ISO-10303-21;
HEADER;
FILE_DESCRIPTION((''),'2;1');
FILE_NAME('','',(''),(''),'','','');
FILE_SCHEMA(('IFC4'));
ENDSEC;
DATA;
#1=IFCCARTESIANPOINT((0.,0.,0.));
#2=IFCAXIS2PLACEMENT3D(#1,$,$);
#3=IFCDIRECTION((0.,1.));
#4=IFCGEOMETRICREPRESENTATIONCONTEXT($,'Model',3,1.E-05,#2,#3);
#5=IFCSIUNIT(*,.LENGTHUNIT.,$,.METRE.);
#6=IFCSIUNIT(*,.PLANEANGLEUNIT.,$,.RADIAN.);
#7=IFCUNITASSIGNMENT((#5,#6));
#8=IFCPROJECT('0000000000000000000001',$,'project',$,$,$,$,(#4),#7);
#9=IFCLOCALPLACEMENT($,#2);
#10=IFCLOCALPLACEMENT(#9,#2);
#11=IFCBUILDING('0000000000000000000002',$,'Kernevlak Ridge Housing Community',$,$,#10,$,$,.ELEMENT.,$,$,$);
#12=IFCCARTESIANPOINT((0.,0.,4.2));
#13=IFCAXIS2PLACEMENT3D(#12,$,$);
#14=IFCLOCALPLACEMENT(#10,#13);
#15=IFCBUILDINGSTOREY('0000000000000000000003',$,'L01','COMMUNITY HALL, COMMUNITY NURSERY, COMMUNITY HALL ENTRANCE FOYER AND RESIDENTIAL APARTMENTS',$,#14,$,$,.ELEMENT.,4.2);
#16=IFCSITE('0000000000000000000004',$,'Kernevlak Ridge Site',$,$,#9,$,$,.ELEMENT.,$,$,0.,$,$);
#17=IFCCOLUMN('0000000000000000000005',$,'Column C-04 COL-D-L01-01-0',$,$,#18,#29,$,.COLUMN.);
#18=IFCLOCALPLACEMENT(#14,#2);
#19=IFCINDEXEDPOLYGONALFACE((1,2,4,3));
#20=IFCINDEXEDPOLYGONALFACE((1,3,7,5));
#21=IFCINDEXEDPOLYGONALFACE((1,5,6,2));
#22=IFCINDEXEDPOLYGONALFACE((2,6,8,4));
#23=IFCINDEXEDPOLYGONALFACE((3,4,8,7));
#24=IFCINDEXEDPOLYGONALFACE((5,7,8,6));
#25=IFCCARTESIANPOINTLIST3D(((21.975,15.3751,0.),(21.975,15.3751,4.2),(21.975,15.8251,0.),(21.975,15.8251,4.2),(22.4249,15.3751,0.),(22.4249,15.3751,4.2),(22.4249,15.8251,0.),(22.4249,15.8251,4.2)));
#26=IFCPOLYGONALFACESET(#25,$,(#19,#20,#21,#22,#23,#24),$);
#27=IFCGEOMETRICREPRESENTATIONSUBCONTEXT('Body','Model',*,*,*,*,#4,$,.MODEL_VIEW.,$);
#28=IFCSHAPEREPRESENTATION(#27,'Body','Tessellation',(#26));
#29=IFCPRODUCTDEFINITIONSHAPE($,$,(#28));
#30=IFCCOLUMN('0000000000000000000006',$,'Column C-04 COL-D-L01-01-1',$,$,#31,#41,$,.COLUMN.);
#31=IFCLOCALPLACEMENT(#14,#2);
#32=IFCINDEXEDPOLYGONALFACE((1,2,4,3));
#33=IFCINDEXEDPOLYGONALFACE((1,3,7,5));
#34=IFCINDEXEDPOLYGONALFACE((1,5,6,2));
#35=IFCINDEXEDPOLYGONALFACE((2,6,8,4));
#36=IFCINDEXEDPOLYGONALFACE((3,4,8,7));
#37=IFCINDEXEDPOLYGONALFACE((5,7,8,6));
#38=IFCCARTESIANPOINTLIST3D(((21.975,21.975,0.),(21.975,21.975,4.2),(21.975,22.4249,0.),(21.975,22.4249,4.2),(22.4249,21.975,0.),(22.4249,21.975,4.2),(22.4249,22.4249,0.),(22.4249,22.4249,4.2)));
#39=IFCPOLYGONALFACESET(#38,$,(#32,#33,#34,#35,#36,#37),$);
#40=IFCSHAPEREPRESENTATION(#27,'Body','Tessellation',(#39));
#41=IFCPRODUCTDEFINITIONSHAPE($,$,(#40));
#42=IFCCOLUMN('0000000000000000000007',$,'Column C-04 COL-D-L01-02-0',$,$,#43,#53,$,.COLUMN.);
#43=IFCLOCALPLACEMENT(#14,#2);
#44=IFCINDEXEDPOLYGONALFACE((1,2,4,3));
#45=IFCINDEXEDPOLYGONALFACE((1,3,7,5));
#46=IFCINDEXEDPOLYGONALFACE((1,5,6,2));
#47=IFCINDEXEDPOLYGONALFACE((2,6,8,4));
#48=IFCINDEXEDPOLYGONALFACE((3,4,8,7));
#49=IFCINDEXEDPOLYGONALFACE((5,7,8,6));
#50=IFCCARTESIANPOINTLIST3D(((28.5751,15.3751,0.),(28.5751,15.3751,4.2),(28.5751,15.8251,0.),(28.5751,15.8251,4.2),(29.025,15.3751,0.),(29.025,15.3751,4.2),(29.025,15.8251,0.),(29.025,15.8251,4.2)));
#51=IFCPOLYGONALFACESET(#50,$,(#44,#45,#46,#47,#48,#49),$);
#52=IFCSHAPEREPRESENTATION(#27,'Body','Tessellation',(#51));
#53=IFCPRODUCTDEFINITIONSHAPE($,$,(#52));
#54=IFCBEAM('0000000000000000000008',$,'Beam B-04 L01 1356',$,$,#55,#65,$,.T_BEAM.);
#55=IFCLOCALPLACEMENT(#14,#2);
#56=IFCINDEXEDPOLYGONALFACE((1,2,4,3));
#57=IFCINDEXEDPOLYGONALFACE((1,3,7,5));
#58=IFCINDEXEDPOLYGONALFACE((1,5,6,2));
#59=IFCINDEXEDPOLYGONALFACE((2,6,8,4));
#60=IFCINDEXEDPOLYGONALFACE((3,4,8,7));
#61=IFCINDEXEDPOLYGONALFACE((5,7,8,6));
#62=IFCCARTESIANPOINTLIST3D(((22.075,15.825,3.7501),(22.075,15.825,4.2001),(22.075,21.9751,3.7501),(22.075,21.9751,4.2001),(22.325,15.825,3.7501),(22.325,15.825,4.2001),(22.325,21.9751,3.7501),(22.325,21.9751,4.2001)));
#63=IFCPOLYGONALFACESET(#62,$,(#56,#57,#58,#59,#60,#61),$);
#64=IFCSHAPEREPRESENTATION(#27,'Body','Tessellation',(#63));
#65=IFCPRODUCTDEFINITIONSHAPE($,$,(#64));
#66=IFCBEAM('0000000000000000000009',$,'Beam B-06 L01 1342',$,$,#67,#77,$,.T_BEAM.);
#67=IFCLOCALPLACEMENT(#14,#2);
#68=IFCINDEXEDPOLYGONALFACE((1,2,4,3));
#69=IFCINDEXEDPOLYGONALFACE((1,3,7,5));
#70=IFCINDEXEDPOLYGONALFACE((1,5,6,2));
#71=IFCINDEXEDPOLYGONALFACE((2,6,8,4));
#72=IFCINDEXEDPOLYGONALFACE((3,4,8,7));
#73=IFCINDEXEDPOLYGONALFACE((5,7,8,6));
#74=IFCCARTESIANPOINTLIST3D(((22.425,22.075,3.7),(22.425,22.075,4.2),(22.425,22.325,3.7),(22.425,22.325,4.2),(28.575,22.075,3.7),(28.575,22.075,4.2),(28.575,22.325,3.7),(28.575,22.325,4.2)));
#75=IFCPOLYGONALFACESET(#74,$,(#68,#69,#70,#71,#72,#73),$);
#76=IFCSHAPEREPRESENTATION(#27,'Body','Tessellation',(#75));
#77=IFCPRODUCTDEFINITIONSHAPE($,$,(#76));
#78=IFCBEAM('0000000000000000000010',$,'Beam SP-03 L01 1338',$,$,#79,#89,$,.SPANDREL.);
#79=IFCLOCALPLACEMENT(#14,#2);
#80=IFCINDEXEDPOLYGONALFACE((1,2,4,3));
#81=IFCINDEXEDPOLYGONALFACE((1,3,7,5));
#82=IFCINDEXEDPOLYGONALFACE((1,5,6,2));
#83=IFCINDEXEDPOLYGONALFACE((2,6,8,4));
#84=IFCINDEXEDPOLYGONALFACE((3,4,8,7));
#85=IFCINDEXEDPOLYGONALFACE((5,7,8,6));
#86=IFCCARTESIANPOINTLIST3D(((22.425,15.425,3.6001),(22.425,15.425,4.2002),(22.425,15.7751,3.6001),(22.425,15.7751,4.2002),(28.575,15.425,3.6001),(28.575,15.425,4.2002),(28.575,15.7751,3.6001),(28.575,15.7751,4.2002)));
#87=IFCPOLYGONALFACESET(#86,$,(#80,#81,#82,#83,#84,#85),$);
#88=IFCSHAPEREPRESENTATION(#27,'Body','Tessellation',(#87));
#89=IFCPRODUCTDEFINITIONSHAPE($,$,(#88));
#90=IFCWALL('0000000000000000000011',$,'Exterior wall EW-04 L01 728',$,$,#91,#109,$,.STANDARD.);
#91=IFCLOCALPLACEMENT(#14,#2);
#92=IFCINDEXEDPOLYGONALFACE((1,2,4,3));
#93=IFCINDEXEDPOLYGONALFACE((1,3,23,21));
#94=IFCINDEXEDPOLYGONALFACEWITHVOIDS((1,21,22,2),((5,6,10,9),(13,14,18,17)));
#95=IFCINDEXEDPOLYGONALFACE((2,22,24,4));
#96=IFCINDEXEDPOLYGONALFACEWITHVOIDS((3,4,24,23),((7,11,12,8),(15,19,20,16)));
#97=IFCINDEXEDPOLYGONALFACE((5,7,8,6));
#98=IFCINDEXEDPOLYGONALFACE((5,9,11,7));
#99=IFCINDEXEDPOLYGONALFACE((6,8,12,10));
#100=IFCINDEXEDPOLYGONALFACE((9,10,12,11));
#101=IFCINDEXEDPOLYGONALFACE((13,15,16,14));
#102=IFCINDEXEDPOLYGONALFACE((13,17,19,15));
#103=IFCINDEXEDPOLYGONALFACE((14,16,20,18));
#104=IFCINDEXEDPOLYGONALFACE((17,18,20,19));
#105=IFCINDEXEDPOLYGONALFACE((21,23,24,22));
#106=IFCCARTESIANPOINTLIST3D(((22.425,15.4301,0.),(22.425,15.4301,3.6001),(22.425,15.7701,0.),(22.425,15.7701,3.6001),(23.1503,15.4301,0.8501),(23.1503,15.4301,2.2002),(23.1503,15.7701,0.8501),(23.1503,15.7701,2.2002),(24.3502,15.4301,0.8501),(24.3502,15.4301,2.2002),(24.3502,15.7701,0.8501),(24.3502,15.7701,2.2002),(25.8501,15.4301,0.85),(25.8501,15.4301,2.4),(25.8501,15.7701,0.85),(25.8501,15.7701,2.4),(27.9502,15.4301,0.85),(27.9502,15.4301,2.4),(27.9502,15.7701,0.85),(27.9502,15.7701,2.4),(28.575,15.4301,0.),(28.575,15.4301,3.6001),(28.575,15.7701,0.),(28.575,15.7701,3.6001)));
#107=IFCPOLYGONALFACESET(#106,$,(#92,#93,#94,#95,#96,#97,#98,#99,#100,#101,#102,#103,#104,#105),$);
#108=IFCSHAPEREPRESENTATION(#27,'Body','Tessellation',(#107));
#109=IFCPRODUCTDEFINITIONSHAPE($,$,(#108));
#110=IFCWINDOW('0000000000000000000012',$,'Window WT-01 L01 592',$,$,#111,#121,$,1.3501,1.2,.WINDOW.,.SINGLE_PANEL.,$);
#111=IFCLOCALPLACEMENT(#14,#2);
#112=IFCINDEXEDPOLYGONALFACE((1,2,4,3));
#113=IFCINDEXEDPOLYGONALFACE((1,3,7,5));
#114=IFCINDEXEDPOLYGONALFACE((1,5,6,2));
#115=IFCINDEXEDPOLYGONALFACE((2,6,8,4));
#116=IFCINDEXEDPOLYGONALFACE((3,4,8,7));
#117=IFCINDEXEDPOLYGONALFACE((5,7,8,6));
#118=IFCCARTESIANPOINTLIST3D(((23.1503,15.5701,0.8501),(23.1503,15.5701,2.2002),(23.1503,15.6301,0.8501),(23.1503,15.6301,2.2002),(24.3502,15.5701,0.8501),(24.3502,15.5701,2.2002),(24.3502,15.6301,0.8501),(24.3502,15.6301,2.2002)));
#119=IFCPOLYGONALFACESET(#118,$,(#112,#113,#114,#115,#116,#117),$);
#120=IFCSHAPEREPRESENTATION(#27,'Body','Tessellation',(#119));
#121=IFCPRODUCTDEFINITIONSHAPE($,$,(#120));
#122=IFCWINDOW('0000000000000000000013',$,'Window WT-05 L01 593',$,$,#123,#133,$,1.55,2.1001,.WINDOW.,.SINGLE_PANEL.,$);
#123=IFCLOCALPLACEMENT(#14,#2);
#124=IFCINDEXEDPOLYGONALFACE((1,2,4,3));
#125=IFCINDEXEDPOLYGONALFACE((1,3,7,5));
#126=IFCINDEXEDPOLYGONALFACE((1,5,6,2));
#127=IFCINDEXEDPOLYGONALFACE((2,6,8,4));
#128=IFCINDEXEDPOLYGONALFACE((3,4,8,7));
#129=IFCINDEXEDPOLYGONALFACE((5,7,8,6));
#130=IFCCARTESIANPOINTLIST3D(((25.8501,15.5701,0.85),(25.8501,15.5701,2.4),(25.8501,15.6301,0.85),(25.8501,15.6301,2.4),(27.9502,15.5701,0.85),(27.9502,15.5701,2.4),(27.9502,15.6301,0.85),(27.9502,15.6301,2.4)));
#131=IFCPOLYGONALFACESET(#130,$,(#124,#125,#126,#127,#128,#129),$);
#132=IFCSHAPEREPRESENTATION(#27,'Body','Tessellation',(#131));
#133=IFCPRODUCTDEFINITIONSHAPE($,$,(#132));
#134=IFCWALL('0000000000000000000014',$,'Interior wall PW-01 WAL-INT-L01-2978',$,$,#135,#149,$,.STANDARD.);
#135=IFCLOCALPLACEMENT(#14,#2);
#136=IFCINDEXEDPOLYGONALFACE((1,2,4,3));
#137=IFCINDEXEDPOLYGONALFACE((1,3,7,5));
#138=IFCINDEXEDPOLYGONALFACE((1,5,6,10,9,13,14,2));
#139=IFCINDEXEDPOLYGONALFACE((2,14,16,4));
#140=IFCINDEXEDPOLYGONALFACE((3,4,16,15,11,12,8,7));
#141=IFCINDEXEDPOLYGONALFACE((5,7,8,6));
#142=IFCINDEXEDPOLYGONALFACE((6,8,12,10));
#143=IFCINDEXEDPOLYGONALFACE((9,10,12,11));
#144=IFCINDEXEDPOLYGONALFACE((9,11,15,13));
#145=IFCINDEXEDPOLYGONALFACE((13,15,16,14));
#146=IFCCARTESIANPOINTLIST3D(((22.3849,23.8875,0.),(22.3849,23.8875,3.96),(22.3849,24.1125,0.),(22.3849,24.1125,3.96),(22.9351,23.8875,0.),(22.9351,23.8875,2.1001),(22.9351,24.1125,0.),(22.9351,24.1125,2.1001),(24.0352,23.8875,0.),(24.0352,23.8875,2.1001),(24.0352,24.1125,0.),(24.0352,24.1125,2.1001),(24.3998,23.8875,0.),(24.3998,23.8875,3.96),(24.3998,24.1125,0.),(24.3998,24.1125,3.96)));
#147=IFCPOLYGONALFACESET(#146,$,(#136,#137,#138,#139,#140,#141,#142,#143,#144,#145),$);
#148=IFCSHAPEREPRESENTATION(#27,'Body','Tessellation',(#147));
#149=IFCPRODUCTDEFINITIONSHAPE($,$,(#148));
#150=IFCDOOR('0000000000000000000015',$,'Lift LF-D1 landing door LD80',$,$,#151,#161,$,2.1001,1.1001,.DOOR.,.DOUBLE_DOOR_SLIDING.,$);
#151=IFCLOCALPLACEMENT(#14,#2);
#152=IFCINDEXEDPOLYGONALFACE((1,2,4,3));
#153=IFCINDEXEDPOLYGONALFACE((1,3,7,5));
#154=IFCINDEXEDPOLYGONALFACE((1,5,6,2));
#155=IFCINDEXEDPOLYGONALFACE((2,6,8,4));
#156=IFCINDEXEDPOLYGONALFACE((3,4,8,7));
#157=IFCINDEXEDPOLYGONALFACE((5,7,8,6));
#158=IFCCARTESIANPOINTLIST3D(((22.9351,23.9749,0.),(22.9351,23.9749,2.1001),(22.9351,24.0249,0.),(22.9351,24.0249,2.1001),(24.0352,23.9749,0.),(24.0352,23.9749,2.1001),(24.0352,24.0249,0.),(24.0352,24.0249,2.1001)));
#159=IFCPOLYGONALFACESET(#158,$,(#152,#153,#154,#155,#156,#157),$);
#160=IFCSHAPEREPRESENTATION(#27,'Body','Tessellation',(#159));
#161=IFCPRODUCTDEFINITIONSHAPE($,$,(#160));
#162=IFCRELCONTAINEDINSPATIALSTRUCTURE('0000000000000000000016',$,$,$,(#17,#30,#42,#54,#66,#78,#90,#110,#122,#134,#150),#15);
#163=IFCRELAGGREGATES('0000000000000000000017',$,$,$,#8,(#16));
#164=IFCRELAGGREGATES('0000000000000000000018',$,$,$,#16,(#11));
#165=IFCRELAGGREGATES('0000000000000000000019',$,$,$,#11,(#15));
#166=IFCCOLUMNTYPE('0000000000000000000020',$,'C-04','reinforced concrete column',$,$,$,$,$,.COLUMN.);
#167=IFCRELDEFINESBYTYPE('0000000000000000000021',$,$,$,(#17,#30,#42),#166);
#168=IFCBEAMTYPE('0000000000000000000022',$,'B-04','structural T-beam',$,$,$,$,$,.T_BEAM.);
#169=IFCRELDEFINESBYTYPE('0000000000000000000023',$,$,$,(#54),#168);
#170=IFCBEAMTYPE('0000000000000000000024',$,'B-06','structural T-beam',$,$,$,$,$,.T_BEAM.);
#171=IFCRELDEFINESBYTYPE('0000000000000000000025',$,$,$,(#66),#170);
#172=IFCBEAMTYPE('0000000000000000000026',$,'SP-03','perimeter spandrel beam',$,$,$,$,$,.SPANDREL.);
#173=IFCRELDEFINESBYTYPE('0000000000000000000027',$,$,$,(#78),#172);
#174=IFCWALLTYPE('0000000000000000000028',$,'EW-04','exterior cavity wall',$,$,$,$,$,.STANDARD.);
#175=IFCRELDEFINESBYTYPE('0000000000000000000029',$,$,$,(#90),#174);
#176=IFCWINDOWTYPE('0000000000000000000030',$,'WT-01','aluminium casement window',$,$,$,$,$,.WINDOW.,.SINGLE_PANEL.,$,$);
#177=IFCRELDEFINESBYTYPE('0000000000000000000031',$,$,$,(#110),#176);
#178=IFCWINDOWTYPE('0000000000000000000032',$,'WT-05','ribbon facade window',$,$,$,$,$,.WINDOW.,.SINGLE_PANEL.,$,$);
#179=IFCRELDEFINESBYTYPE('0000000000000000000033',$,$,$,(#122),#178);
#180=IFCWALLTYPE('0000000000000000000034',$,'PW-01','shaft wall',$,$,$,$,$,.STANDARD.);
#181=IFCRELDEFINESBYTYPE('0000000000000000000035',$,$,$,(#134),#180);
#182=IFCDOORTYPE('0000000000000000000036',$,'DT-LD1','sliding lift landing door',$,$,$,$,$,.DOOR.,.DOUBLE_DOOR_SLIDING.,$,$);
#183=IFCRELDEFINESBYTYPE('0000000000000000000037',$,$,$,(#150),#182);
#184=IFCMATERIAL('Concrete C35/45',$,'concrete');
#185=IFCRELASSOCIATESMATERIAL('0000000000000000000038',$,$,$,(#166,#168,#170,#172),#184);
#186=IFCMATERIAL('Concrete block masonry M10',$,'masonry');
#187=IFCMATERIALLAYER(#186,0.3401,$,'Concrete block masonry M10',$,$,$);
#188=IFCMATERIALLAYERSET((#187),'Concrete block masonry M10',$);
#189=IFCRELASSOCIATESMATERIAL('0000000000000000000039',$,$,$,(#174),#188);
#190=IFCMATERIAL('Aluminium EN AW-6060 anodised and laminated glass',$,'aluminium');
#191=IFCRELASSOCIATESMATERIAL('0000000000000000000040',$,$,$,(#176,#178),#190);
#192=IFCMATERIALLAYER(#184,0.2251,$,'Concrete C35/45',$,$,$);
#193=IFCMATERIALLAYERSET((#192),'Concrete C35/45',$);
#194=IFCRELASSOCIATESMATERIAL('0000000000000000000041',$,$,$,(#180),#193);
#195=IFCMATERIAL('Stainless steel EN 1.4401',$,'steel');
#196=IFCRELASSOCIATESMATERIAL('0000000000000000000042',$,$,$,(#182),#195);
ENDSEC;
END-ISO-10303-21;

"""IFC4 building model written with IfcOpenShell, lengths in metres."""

from ifc_helpers import new_model, si_unit, direction, frame, frame_2d, origin, origin_2d, place, context, subcontext, project, spatial, rectangle, extrude, material, layer, layer_set, material_profile, profile_set, type_object, element, fill, save


model = new_model("IFC4")

# Units and contexts
model_context = context("Model", 3, precision=1e-05, world=origin(), true_north=direction((0.0, 1.0)))
body_context = subcontext(model_context, "Body", "Model", "MODEL_VIEW")
ifc_project = project(units=[si_unit("LENGTHUNIT", "METRE"), si_unit("PLANEANGLEUNIT", "RADIAN")], contexts=[model_context])

# Site, building, storey
site_placement = place(None, origin())
site = spatial("IfcSite", under=ifc_project, at=site_placement, Name="Kernevlak Ridge Site", CompositionType="ELEMENT", RefElevation=0.0)
building_placement = place(site_placement, origin())
building = spatial("IfcBuilding", under=site, at=building_placement, Name="Kernevlak Ridge Housing Community", CompositionType="ELEMENT")
storey_placement = place(building_placement, frame((0.0, 0.0, 4.2)))
storey = spatial("IfcBuildingStorey", under=building, at=storey_placement, Name="L01", Description="COMMUNITY HALL, COMMUNITY NURSERY, COMMUNITY HALL ENTRANCE FOYER AND RESIDENTIAL APARTMENTS", CompositionType="ELEMENT", Elevation=4.2)

# Columns
ifc_material_1 = material(Name="Concrete C35/45", Category="concrete")
ifc_material_profile_1 = material_profile(ifc_material_1, rectangle(XDim=0.45, YDim=0.45, at=origin_2d()), Name="RC 450x450")
ifc_profile_set_1 = profile_set([ifc_material_profile_1], Name="Concrete C35/45")
column_type = type_object("IfcColumnType", Name="C-04", Description="reinforced concrete column", PredefinedType="COLUMN", material=ifc_profile_set_1)
for number, where, z_axis, x_axis, name in (
    (1, (22.2, 15.6001, 0.0), (0.0, 0.0, 1.0), (1.0, 0.0, 0.0), "Column C-04 COL-D-L01-01-0"),
    (2, (22.2, 22.2, 0.0), (0.0, 0.0, 1.0), (1.0, 0.0, 0.0), "Column C-04 COL-D-L01-01-1"),
    (3, (28.8, 15.6001, 0.0), (0.0, 0.0, 1.0), (1.0, 0.0, 0.0), "Column C-04 COL-D-L01-02-0"),
):
    element("IfcColumn", number, at=place(storey_placement, frame(where, z_axis=z_axis, x_axis=x_axis)), inside=storey, type_object=column_type, Name=name, PredefinedType="COLUMN", context=body_context, shape_type="SweptSolid", body=[
        extrude(rectangle(XDim=0.45, YDim=0.45, at=origin_2d()), origin(), (0.0, 0.0, 1.0), 4.2),
    ])

# Beams
ifc_material_profile_2 = material_profile(ifc_material_1, rectangle(XDim=0.25, YDim=0.45, at=origin_2d()), Name="RC 250x450")
ifc_profile_set_2 = profile_set([ifc_material_profile_2], Name="Concrete C35/45")
beam_type_1 = type_object("IfcBeamType", Name="B-04", Description="structural T-beam", PredefinedType="T_BEAM", material=ifc_profile_set_2)
beam_1_placement = place(storey_placement, frame((22.2, 15.825, 3.9751), z_axis=(0.0, 1.0, 0.0), x_axis=(-1.0, 0.0, 0.0)))
element("IfcBeam", 4, at=beam_1_placement, inside=storey, type_object=beam_type_1, Name="Beam B-04 L01 1356", PredefinedType="T_BEAM", context=body_context, shape_type="SweptSolid", body=[
    extrude(rectangle(XDim=0.25, YDim=0.45, at=origin_2d()), origin(), (0.0, 0.0, 1.0), 6.1501),
])
ifc_material_profile_3 = material_profile(ifc_material_1, rectangle(XDim=0.25, YDim=0.5, at=origin_2d()), Name="RC 250x500")
ifc_profile_set_3 = profile_set([ifc_material_profile_3], Name="Concrete C35/45")
beam_type_2 = type_object("IfcBeamType", Name="B-06", Description="structural T-beam", PredefinedType="T_BEAM", material=ifc_profile_set_3)
beam_2_placement = place(storey_placement, frame((22.425, 22.2, 3.95), z_axis=(1.0, 0.0, 0.0), x_axis=(0.0, 1.0, 0.0)))
element("IfcBeam", 5, at=beam_2_placement, inside=storey, type_object=beam_type_2, Name="Beam B-06 L01 1342", PredefinedType="T_BEAM", context=body_context, shape_type="SweptSolid", body=[
    extrude(rectangle(XDim=0.25, YDim=0.5, at=origin_2d()), origin(), (0.0, 0.0, 1.0), 6.1499),
])
ifc_material_profile_4 = material_profile(ifc_material_1, rectangle(XDim=0.3501, YDim=0.6001, at=origin_2d()), Name="RC 350x600")
ifc_profile_set_4 = profile_set([ifc_material_profile_4], Name="Concrete C35/45")
beam_type_3 = type_object("IfcBeamType", Name="SP-03", Description="perimeter spandrel beam", PredefinedType="SPANDREL", material=ifc_profile_set_4)
beam_3_placement = place(storey_placement, frame((22.425, 15.6001, 3.9001), z_axis=(1.0, 0.0, 0.0), x_axis=(0.0, 1.0, 0.0)))
element("IfcBeam", 6, at=beam_3_placement, inside=storey, type_object=beam_type_3, Name="Beam SP-03 L01 1338", PredefinedType="SPANDREL", context=body_context, shape_type="SweptSolid", body=[
    extrude(rectangle(XDim=0.3501, YDim=0.6001, at=origin_2d()), origin(), (0.0, 0.0, 1.0), 6.1499),
])

# Wall, openings, windows
ifc_material_2 = material(Name="Concrete block masonry M10", Category="masonry")
ifc_layer_1 = layer(ifc_material_2, 0.3401, Name="Concrete block masonry M10")
ifc_layer_set_1 = layer_set([ifc_layer_1], Name="Concrete block masonry M10")
wall_type_1 = type_object("IfcWallType", Name="EW-04", Description="exterior cavity wall", PredefinedType="STANDARD", material=ifc_layer_set_1)
wall_1_placement = place(storey_placement, frame((22.425, 15.6001, 0.0), z_axis=(0.0, 0.0, 1.0), x_axis=(1.0, 0.0, 0.0)))
wall_1 = element("IfcWall", 7, at=wall_1_placement, inside=storey, type_object=wall_type_1, Name="Exterior wall EW-04 L01 728", PredefinedType="STANDARD", context=body_context, shape_type="SweptSolid", body=[
    extrude(rectangle(XDim=6.1499, YDim=0.3401, at=frame_2d((3.075, 0.0))), origin(), (0.0, 0.0, 1.0), 3.6001),
])
opening_1_placement = place(wall_1_placement, frame((0.7251, 0.0, 0.8501)))
opening_1 = element("IfcOpeningElement", 8, at=opening_1_placement, cuts=wall_1, PredefinedType="OPENING", context=body_context, shape_type="SweptSolid", body=[
    extrude(rectangle(XDim=1.2, YDim=1.3501, at=frame_2d((0.6001, 0.675))), frame((0.0, 0.1799, 0.0), z_axis=(0.0, -1.0, 0.0), x_axis=(1.0, 0.0, 0.0)), (0.0, 0.0, 1.0), 0.3601),
])
opening_2_placement = place(wall_1_placement, frame((3.425, 0.0, 0.8501)))
opening_2 = element("IfcOpeningElement", 9, at=opening_2_placement, cuts=wall_1, PredefinedType="OPENING", context=body_context, shape_type="SweptSolid", body=[
    extrude(rectangle(XDim=2.1001, YDim=1.55, at=frame_2d((1.05, 0.7749))), frame((0.0, 0.1799, 0.0), z_axis=(0.0, -1.0, 0.0), x_axis=(1.0, 0.0, 0.0)), (0.0, 0.0, 1.0), 0.3601),
])
ifc_material_3 = material(Name="Aluminium EN AW-6060 anodised and laminated glass", Category="aluminium")
window_type_1 = type_object("IfcWindowType", Name="WT-01", Description="aluminium casement window", PartitioningType="SINGLE_PANEL", PredefinedType="WINDOW", material=ifc_material_3)
window_1_placement = place(opening_1_placement, origin())
window_1 = element("IfcWindow", 10, at=window_1_placement, inside=storey, type_object=window_type_1, Name="Window WT-01 L01 592", OverallHeight=1.3501, OverallWidth=1.2, PartitioningType="SINGLE_PANEL", PredefinedType="WINDOW", context=body_context, shape_type="SweptSolid", body=[
    extrude(rectangle(XDim=1.2, YDim=1.3501, at=frame_2d((0.6001, 0.675))), frame((0.0, 0.03, 0.0), z_axis=(0.0, -1.0, 0.0), x_axis=(1.0, 0.0, 0.0)), (0.0, 0.0, 1.0), 0.0601),
])
fill(opening_1, window_1)
window_type_2 = type_object("IfcWindowType", Name="WT-05", Description="ribbon facade window", PartitioningType="SINGLE_PANEL", PredefinedType="WINDOW", material=ifc_material_3)
window_2_placement = place(opening_2_placement, origin())
window_2 = element("IfcWindow", 11, at=window_2_placement, inside=storey, type_object=window_type_2, Name="Window WT-05 L01 593", OverallHeight=1.55, OverallWidth=2.1001, PartitioningType="SINGLE_PANEL", PredefinedType="WINDOW", context=body_context, shape_type="SweptSolid", body=[
    extrude(rectangle(XDim=2.1001, YDim=1.55, at=frame_2d((1.05, 0.7749))), frame((0.0, 0.03, 0.0), z_axis=(0.0, -1.0, 0.0), x_axis=(1.0, 0.0, 0.0)), (0.0, 0.0, 1.0), 0.0601),
])
fill(opening_2, window_2)

# Wall, opening, door
ifc_layer_2 = layer(ifc_material_1, 0.2251, Name="Concrete C35/45")
ifc_layer_set_2 = layer_set([ifc_layer_2], Name="Concrete C35/45")
wall_type_2 = type_object("IfcWallType", Name="PW-01", Description="shaft wall", PredefinedType="STANDARD", material=ifc_layer_set_2)
wall_2_placement = place(storey_placement, frame((22.385, 24.0, 0.0), z_axis=(0.0, 0.0, 1.0), x_axis=(1.0, 0.0, 0.0)))
wall_2 = element("IfcWall", 12, at=wall_2_placement, inside=storey, type_object=wall_type_2, Name="Interior wall PW-01 WAL-INT-L01-2978", PredefinedType="STANDARD", context=body_context, shape_type="SweptSolid", body=[
    extrude(rectangle(XDim=2.0149, YDim=0.2251, at=frame_2d((1.0073, 0.0))), origin(), (0.0, 0.0, 1.0), 3.96),
])
opening_3_placement = place(wall_2_placement, frame((0.55, 0.0, 0.0)))
opening_3 = element("IfcOpeningElement", 13, at=opening_3_placement, cuts=wall_2, PredefinedType="OPENING", context=body_context, shape_type="SweptSolid", body=[
    extrude(rectangle(XDim=1.1001, YDim=2.1001, at=frame_2d((0.55, 1.05))), frame((0.0, 0.1226, 0.0), z_axis=(0.0, -1.0, 0.0), x_axis=(1.0, 0.0, 0.0)), (0.0, 0.0, 1.0), 0.2451),
])
ifc_material_4 = material(Name="Stainless steel EN 1.4401", Category="steel")
door_type_1 = type_object("IfcDoorType", Name="DT-LD1", Description="sliding lift landing door", OperationType="DOUBLE_DOOR_SLIDING", PredefinedType="DOOR", material=ifc_material_4)
door_1_placement = place(opening_3_placement, origin())
door_1 = element("IfcDoor", 14, at=door_1_placement, inside=storey, type_object=door_type_1, Name="Lift LF-D1 landing door LD80", OperationType="DOUBLE_DOOR_SLIDING", OverallHeight=2.1001, OverallWidth=1.1001, PredefinedType="DOOR", context=body_context, shape_type="SweptSolid", body=[
    extrude(rectangle(XDim=1.1001, YDim=2.1001, at=frame_2d((0.55, 1.05))), frame((0.0, 0.0249, 0.0), z_axis=(0.0, -1.0, 0.0), x_axis=(1.0, 0.0, 0.0)), (0.0, 0.0, 1.0), 0.05),
])
fill(opening_3, door_1)

save(model, "model.ifc")
